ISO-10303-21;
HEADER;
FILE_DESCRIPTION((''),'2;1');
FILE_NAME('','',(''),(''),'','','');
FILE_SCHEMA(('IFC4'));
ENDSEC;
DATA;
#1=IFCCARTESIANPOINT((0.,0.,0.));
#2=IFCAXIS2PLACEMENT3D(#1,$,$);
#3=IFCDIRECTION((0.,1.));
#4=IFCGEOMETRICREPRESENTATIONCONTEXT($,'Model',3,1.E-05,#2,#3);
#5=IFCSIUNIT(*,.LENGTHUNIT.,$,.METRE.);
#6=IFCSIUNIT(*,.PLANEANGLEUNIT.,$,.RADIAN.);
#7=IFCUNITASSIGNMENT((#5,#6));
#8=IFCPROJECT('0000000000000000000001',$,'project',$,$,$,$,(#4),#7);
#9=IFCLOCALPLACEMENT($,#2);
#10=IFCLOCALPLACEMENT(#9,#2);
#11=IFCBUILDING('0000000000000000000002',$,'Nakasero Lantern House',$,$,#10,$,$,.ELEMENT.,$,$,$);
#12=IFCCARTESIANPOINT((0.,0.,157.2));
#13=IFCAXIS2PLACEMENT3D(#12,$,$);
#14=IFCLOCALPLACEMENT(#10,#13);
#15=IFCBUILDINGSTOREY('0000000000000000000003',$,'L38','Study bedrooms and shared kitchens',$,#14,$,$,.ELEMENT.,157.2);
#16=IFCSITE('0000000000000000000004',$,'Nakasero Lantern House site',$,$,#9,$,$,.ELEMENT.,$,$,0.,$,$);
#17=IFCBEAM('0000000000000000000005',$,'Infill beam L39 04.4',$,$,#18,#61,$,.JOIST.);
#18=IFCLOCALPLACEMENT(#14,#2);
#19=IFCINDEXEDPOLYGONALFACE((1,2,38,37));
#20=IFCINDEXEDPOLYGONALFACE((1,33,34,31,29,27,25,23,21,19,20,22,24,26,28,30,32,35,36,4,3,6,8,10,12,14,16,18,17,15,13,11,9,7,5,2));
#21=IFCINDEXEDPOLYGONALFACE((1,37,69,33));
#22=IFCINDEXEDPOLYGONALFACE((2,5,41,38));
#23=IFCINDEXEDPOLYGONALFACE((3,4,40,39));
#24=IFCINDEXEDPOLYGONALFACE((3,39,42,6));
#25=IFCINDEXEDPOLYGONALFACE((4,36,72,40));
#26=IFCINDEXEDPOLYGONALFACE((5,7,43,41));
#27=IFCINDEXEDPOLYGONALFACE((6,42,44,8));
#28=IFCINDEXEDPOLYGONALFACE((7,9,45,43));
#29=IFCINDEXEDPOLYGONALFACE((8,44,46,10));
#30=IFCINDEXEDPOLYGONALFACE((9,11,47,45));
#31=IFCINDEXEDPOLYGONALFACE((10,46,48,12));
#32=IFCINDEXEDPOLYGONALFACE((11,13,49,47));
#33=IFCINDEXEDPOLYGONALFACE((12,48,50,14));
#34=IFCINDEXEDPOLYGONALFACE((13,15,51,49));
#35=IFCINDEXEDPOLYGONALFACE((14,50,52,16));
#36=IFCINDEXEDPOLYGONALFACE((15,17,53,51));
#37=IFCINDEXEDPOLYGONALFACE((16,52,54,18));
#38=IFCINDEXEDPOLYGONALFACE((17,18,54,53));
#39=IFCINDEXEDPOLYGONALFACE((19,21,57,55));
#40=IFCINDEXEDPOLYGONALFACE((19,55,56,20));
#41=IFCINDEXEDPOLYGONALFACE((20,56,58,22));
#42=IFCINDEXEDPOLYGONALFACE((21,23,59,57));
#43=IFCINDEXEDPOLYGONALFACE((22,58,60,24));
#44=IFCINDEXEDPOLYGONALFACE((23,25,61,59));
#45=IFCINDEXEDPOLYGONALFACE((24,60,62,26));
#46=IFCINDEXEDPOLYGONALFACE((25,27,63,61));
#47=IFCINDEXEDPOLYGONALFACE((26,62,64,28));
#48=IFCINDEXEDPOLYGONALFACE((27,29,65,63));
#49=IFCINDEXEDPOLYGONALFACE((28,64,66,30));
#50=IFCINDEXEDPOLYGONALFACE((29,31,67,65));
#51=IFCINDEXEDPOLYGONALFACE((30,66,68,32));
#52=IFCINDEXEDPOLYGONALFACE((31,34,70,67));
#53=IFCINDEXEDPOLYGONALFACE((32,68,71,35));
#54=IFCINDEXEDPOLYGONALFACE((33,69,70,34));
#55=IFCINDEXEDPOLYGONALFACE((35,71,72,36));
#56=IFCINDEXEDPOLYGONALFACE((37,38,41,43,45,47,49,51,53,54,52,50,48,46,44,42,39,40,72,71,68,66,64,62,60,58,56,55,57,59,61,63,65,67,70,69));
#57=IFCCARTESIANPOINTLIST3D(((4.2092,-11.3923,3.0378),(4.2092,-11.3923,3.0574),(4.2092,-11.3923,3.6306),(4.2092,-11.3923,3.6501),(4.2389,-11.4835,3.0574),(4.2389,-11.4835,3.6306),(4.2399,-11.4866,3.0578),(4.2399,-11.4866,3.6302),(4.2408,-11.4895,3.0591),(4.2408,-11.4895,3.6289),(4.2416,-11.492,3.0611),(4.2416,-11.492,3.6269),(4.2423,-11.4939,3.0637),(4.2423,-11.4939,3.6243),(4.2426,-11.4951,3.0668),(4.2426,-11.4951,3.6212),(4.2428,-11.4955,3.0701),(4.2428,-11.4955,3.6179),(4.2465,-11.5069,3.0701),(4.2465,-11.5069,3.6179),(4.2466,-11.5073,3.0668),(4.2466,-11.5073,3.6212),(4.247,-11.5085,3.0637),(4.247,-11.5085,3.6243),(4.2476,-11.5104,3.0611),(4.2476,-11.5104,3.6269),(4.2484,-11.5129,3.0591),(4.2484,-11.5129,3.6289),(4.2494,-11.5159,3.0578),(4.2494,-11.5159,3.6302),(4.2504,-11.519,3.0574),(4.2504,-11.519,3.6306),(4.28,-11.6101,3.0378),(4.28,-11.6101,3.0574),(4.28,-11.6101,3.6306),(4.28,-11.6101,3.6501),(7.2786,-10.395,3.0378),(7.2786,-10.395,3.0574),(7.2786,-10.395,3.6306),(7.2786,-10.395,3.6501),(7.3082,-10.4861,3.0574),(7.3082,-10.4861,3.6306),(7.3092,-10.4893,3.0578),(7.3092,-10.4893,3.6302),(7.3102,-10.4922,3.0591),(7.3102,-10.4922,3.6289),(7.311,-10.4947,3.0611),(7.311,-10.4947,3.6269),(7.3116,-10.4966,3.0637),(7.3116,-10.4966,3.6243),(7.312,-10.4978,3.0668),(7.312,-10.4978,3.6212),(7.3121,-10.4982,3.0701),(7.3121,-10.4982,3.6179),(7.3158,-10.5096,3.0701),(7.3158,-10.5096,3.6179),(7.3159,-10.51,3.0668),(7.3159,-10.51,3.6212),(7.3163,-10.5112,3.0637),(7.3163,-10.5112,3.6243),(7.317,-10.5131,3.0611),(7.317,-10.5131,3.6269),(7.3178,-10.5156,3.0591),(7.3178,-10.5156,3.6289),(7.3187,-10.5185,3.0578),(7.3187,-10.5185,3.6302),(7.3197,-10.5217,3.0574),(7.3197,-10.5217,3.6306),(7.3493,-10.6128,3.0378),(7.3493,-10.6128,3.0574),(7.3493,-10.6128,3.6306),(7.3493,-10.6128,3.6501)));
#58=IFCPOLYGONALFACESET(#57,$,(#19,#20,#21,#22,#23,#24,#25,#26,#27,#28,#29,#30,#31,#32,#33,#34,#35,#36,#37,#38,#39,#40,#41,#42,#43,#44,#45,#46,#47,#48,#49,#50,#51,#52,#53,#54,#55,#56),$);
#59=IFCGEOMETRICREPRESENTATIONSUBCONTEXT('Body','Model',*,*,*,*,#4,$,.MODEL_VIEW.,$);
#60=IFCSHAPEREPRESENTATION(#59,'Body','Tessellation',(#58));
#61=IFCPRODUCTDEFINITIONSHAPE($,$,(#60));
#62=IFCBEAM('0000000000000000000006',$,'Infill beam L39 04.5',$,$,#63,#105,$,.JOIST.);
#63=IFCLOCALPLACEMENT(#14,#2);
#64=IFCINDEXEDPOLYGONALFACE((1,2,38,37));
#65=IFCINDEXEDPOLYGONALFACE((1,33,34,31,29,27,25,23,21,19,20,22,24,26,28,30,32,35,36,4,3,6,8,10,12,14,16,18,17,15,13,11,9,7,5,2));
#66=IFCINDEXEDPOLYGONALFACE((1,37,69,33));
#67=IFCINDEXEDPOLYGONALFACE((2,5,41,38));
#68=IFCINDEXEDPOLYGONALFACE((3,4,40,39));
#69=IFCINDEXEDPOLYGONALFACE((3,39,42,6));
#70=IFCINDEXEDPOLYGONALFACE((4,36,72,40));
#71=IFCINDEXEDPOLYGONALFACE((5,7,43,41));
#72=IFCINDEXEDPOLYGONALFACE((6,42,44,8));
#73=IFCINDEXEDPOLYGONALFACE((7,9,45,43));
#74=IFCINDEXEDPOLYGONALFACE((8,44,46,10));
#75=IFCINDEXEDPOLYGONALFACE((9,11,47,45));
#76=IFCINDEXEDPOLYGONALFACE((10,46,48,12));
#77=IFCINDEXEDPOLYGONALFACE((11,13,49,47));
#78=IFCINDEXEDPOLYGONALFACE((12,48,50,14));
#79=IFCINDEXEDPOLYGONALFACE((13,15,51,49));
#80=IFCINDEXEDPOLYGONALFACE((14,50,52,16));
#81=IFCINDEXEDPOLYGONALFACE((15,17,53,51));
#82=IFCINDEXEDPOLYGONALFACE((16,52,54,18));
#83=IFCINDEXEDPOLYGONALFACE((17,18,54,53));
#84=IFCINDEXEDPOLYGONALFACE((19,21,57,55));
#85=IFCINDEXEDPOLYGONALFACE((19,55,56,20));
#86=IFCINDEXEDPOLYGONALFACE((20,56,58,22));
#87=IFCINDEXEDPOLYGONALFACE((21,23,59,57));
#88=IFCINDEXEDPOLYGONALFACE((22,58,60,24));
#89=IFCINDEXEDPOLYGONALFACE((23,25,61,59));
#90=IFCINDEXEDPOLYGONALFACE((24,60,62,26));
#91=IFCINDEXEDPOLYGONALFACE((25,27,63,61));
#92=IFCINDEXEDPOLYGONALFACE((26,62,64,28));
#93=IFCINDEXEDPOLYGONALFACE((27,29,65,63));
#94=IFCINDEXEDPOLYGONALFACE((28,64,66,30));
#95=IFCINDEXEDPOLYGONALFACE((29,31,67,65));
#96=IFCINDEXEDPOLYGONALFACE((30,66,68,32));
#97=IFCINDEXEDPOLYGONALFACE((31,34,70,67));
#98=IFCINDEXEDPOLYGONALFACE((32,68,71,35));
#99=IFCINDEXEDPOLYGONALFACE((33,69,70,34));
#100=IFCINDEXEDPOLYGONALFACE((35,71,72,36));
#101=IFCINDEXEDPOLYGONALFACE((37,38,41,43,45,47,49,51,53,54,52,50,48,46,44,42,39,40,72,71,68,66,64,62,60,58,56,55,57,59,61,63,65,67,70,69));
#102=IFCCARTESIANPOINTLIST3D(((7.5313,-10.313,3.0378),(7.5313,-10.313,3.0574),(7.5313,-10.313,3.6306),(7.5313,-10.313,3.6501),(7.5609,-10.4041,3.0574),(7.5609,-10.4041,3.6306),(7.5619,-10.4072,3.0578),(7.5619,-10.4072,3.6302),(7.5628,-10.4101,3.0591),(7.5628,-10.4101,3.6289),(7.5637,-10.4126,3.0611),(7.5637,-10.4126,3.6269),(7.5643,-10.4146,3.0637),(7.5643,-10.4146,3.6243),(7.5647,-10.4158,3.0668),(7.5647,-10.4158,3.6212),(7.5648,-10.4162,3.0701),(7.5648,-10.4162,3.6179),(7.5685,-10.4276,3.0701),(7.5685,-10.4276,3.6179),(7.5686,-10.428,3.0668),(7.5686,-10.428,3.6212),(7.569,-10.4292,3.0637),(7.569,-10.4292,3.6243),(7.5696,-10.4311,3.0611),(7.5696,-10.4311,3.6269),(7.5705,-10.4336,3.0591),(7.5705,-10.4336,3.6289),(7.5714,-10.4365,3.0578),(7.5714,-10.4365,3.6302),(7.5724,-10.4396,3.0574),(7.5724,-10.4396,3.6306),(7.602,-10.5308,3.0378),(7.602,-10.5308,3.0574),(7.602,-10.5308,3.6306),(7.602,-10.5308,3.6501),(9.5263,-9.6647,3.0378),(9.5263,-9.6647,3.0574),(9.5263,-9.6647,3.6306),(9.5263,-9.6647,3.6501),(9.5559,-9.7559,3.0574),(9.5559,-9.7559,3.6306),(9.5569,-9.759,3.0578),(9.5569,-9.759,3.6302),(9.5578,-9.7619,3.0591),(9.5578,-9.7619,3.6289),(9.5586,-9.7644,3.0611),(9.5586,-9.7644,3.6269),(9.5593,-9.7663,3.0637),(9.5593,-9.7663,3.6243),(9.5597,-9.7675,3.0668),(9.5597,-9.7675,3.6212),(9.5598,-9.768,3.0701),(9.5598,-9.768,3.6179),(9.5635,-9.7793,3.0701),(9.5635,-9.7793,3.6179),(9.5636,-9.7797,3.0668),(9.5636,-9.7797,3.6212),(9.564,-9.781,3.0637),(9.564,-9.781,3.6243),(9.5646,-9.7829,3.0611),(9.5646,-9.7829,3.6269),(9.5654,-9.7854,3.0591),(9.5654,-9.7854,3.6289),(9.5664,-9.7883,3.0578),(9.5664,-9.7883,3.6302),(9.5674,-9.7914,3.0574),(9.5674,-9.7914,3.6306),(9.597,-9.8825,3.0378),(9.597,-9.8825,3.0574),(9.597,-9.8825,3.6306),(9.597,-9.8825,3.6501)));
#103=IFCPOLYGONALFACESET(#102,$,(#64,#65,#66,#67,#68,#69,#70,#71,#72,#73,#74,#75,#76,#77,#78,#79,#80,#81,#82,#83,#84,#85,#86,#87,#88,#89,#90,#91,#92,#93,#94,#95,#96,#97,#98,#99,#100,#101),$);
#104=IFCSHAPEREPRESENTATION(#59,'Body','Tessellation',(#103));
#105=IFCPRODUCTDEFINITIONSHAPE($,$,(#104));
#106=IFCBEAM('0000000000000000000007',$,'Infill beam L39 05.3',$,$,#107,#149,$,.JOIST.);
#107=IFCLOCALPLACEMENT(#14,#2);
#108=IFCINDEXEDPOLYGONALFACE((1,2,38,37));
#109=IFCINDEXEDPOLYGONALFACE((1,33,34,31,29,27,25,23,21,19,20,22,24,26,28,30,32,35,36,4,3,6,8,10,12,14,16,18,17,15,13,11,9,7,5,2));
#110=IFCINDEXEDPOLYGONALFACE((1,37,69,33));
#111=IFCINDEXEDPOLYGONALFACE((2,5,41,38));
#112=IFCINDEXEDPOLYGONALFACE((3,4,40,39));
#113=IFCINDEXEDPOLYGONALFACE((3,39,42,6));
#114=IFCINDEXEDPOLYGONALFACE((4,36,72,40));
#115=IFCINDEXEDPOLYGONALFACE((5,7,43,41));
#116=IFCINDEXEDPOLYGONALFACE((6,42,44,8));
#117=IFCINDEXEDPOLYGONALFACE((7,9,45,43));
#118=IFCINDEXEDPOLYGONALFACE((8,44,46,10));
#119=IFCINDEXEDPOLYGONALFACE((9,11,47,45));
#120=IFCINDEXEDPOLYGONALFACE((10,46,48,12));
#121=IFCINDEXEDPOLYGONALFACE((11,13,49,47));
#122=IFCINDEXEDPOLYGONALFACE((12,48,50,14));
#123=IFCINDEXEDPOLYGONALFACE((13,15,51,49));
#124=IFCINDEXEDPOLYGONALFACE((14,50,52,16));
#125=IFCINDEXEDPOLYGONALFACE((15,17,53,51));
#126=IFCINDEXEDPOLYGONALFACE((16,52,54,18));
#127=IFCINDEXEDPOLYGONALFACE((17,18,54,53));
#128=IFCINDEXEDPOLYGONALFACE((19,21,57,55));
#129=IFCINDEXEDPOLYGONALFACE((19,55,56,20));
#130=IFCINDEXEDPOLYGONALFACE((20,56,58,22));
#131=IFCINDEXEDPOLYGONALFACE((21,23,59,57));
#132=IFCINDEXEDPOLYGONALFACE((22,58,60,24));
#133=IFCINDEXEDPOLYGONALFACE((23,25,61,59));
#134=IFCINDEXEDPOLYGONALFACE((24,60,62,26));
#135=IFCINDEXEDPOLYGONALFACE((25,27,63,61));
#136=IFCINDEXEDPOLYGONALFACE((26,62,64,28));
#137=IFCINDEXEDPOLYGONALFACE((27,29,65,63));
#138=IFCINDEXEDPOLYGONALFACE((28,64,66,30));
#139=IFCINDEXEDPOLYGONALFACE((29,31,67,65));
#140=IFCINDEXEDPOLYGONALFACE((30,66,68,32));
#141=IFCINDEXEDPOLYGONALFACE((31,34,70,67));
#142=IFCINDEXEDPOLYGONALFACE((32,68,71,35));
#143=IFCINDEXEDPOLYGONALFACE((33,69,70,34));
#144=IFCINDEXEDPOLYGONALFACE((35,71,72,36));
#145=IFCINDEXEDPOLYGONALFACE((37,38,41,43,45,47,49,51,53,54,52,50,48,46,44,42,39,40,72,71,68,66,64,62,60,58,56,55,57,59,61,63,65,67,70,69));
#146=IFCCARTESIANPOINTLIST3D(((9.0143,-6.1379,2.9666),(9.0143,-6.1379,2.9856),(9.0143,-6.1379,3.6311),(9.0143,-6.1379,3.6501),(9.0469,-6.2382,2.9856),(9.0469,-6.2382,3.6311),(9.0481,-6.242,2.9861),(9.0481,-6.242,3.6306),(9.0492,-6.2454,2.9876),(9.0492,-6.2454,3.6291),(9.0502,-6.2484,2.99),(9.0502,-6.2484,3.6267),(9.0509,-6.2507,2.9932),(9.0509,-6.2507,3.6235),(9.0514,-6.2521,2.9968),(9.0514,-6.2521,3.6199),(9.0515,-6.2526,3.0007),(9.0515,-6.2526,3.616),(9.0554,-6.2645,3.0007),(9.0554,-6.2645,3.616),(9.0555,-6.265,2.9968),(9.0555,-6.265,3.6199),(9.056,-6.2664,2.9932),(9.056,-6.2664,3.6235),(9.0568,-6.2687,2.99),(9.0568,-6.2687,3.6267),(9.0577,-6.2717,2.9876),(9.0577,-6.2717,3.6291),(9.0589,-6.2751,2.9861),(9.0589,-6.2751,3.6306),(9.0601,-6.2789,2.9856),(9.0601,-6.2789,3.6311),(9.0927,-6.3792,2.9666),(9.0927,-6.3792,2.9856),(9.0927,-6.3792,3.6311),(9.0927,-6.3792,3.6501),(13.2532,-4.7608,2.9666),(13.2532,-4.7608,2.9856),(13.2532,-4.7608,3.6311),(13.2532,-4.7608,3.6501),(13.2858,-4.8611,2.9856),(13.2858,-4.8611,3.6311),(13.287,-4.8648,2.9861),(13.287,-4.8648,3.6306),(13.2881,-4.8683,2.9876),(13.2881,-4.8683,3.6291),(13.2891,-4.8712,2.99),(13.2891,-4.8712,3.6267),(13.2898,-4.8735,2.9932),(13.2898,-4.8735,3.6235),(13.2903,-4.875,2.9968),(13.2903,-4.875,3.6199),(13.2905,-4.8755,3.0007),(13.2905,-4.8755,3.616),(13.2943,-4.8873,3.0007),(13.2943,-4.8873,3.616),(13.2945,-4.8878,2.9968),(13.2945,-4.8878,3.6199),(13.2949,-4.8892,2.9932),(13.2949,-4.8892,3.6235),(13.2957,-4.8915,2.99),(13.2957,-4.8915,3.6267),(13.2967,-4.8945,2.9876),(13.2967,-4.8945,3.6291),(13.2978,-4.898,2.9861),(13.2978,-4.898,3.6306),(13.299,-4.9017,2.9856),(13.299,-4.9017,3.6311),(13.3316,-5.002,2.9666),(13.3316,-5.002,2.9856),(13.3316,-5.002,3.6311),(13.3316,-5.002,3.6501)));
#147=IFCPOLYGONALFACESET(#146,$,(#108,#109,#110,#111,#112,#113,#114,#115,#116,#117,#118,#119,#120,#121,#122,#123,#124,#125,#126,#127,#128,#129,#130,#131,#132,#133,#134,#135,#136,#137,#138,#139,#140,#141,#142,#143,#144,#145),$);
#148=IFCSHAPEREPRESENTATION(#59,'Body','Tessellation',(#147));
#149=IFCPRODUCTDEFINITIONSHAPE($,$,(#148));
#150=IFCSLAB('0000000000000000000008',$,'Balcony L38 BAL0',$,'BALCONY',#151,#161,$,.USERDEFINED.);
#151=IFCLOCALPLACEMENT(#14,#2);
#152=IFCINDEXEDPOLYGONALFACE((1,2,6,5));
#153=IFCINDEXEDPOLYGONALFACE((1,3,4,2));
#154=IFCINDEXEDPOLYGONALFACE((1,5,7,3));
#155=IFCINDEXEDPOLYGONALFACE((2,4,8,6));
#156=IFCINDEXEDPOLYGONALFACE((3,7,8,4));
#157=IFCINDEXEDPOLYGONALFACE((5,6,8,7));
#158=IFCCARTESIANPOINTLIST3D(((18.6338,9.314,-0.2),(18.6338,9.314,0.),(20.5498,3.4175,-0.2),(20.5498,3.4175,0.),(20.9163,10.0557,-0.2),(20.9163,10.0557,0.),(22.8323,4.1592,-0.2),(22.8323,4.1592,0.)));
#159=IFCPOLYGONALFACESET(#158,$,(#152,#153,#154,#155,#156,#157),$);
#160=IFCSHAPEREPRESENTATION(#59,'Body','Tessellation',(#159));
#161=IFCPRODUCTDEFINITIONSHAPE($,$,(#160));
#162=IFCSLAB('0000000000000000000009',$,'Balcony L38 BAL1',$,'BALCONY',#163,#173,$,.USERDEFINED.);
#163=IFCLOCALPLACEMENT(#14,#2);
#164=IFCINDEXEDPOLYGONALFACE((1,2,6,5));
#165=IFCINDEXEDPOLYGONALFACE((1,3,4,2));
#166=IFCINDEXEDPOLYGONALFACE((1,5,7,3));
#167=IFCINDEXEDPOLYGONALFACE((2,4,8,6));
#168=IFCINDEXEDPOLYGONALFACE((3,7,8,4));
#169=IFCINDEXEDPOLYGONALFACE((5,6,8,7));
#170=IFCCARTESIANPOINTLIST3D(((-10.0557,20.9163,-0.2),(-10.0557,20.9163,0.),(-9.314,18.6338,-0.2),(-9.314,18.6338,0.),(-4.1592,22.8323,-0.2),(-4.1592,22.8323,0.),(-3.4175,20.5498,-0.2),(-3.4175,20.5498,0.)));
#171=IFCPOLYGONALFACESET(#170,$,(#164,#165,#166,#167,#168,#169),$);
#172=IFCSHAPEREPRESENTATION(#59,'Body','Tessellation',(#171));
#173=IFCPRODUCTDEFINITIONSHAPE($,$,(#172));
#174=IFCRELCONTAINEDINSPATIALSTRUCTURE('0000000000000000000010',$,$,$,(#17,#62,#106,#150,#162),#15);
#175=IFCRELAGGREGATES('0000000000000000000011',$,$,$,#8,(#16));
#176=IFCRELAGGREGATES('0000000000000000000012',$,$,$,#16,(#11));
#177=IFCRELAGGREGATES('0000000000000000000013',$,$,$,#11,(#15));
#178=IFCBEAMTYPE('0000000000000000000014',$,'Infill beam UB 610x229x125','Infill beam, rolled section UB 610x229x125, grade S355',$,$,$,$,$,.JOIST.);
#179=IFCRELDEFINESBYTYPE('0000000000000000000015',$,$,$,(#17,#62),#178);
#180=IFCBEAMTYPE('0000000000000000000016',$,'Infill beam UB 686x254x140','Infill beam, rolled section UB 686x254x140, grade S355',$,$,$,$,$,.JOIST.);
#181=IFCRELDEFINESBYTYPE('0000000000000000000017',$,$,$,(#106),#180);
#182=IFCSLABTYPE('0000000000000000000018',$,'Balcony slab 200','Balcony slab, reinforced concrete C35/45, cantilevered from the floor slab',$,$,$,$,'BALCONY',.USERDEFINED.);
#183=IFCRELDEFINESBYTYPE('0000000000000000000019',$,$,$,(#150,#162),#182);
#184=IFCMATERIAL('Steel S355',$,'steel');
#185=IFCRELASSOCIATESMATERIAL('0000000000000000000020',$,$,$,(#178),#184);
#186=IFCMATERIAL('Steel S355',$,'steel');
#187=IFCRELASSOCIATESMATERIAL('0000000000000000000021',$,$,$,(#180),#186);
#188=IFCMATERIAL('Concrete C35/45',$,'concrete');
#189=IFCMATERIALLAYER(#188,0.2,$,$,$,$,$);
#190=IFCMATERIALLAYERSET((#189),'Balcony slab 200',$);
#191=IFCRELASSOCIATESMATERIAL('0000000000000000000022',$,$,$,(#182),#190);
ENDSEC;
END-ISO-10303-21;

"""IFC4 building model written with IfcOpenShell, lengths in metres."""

from ifc_helpers import new_model, si_unit, direction, frame, origin, origin_2d, place, context, subcontext, project, spatial, polyline, i_section, outline, extrude, material, layer, layer_set, material_profile, profile_set, type_object, element, save


model = new_model("IFC4")

# Units and contexts
model_context = context("Model", 3, precision=1e-05, world=origin(), true_north=direction((0.0, 1.0)))
body_context = subcontext(model_context, "Body", "Model", "MODEL_VIEW")
ifc_project = project(units=[si_unit("LENGTHUNIT", "METRE"), si_unit("PLANEANGLEUNIT", "RADIAN")], contexts=[model_context])

# Site, building, storey
site_placement = place(None, origin())
site = spatial("IfcSite", under=ifc_project, at=site_placement, Name="Nakasero Lantern House site", CompositionType="ELEMENT", RefElevation=0.0)
building_placement = place(site_placement, origin())
building = spatial("IfcBuilding", under=site, at=building_placement, Name="Nakasero Lantern House", CompositionType="ELEMENT")
storey_placement = place(building_placement, frame((0.0, 0.0, 157.2)))
storey = spatial("IfcBuildingStorey", under=building, at=storey_placement, Name="L38", Description="Study bedrooms and shared kitchens", CompositionType="ELEMENT", Elevation=157.2)

# Beams
ifc_material_1 = material(Name="Steel S355", Category="steel")
ifc_material_profile_1 = material_profile(ifc_material_1, i_section(OverallWidth=0.229, OverallDepth=0.6123, WebThickness=0.012, FlangeThickness=0.0195, FilletRadius=0.0127, at=origin_2d()), Name="UB 610x229x125")
ifc_profile_set_1 = profile_set([ifc_material_profile_1], Name="Steel S355")
beam_type_1 = type_object("IfcBeamType", Name="Infill beam UB 610x229x125", Description="Infill beam, rolled section UB 610x229x125, grade S355", PredefinedType="JOIST", material=ifc_profile_set_1)
beam_1_placement = place(storey_placement, frame((4.2446, -11.5012, 3.344), z_axis=(0.951054, 0.309024, 0.0), x_axis=(-0.309024, 0.951054, 0.0)))
element("IfcBeam", 1, at=beam_1_placement, inside=storey, type_object=beam_type_1, Name="Infill beam L39 04.4", PredefinedType="JOIST", context=body_context, shape_type="SweptSolid", body=[
    extrude(i_section(OverallWidth=0.229, OverallDepth=0.6123, WebThickness=0.012, FlangeThickness=0.0195, FilletRadius=0.0127, at=origin_2d()), origin(), (0.0, 0.0, 1.0), 3.2273),
])
beam_2_placement = place(storey_placement, frame((7.5667, -10.4219, 3.344), z_axis=(0.951054, 0.309026, 0.0), x_axis=(-0.309026, 0.951054, 0.0)))
element("IfcBeam", 2, at=beam_2_placement, inside=storey, type_object=beam_type_1, Name="Infill beam L39 04.5", PredefinedType="JOIST", context=body_context, shape_type="SweptSolid", body=[
    extrude(i_section(OverallWidth=0.229, OverallDepth=0.6123, WebThickness=0.012, FlangeThickness=0.0195, FilletRadius=0.0127, at=origin_2d()), origin(), (0.0, 0.0, 1.0), 2.0977),
])
ifc_material_2 = material(Name="Steel S355", Category="steel")
ifc_material_profile_2 = material_profile(ifc_material_2, i_section(OverallWidth=0.2537, OverallDepth=0.6836, WebThickness=0.0125, FlangeThickness=0.019, FilletRadius=0.0151, at=origin_2d()), Name="UB 686x254x140")
ifc_profile_set_2 = profile_set([ifc_material_profile_2], Name="Steel S355")
beam_type_2 = type_object("IfcBeamType", Name="Infill beam UB 686x254x140", Description="Infill beam, rolled section UB 686x254x140, grade S355", PredefinedType="JOIST", material=ifc_profile_set_2)
beam_3_placement = place(storey_placement, frame((9.0535, -6.2585, 3.3083), z_axis=(0.951066, 0.308988, 0.0), x_axis=(-0.308988, 0.951066, 0.0)))
element("IfcBeam", 3, at=beam_3_placement, inside=storey, type_object=beam_type_2, Name="Infill beam L39 05.3", PredefinedType="JOIST", context=body_context, shape_type="SweptSolid", body=[
    extrude(i_section(OverallWidth=0.2537, OverallDepth=0.6836, WebThickness=0.0125, FlangeThickness=0.019, FilletRadius=0.0151, at=origin_2d()), origin(), (0.0, 0.0, 1.0), 4.457),
])

# Slabs
ifc_material_3 = material(Name="Concrete C35/45", Category="concrete")
ifc_layer_1 = layer(ifc_material_3, 0.2)
ifc_layer_set_1 = layer_set([ifc_layer_1], Name="Balcony slab 200")
slab_type_1 = type_object("IfcSlabType", Name="Balcony slab 200", Description="Balcony slab, reinforced concrete C35/45, cantilevered from the floor slab", ElementType="BALCONY", PredefinedType="USERDEFINED", material=ifc_layer_set_1)
slab_1_placement = place(storey_placement, frame((0.0, 0.0, -0.2)))
element("IfcSlab", 4, at=slab_1_placement, inside=storey, type_object=slab_type_1, Name="Balcony L38 BAL0", ObjectType="BALCONY", PredefinedType="USERDEFINED", context=body_context, shape_type="SweptSolid", body=[
    extrude(outline(polyline([(20.5498, 3.4175), (22.8323, 4.1592), (20.9163, 10.0557), (18.6338, 9.314), (20.5498, 3.4175)])), origin(), (0.0, 0.0, 1.0), 0.2),
])
slab_2_placement = place(storey_placement, frame((0.0, 0.0, -0.2)))
element("IfcSlab", 5, at=slab_2_placement, inside=storey, type_object=slab_type_1, Name="Balcony L38 BAL1", ObjectType="BALCONY", PredefinedType="USERDEFINED", context=body_context, shape_type="SweptSolid", body=[
    extrude(outline(polyline([(-3.4175, 20.5498), (-4.1592, 22.8323), (-10.0557, 20.9163), (-9.314, 18.6338), (-3.4175, 20.5498)])), origin(), (0.0, 0.0, 1.0), 0.2),
])

save(model, "model.ifc")
